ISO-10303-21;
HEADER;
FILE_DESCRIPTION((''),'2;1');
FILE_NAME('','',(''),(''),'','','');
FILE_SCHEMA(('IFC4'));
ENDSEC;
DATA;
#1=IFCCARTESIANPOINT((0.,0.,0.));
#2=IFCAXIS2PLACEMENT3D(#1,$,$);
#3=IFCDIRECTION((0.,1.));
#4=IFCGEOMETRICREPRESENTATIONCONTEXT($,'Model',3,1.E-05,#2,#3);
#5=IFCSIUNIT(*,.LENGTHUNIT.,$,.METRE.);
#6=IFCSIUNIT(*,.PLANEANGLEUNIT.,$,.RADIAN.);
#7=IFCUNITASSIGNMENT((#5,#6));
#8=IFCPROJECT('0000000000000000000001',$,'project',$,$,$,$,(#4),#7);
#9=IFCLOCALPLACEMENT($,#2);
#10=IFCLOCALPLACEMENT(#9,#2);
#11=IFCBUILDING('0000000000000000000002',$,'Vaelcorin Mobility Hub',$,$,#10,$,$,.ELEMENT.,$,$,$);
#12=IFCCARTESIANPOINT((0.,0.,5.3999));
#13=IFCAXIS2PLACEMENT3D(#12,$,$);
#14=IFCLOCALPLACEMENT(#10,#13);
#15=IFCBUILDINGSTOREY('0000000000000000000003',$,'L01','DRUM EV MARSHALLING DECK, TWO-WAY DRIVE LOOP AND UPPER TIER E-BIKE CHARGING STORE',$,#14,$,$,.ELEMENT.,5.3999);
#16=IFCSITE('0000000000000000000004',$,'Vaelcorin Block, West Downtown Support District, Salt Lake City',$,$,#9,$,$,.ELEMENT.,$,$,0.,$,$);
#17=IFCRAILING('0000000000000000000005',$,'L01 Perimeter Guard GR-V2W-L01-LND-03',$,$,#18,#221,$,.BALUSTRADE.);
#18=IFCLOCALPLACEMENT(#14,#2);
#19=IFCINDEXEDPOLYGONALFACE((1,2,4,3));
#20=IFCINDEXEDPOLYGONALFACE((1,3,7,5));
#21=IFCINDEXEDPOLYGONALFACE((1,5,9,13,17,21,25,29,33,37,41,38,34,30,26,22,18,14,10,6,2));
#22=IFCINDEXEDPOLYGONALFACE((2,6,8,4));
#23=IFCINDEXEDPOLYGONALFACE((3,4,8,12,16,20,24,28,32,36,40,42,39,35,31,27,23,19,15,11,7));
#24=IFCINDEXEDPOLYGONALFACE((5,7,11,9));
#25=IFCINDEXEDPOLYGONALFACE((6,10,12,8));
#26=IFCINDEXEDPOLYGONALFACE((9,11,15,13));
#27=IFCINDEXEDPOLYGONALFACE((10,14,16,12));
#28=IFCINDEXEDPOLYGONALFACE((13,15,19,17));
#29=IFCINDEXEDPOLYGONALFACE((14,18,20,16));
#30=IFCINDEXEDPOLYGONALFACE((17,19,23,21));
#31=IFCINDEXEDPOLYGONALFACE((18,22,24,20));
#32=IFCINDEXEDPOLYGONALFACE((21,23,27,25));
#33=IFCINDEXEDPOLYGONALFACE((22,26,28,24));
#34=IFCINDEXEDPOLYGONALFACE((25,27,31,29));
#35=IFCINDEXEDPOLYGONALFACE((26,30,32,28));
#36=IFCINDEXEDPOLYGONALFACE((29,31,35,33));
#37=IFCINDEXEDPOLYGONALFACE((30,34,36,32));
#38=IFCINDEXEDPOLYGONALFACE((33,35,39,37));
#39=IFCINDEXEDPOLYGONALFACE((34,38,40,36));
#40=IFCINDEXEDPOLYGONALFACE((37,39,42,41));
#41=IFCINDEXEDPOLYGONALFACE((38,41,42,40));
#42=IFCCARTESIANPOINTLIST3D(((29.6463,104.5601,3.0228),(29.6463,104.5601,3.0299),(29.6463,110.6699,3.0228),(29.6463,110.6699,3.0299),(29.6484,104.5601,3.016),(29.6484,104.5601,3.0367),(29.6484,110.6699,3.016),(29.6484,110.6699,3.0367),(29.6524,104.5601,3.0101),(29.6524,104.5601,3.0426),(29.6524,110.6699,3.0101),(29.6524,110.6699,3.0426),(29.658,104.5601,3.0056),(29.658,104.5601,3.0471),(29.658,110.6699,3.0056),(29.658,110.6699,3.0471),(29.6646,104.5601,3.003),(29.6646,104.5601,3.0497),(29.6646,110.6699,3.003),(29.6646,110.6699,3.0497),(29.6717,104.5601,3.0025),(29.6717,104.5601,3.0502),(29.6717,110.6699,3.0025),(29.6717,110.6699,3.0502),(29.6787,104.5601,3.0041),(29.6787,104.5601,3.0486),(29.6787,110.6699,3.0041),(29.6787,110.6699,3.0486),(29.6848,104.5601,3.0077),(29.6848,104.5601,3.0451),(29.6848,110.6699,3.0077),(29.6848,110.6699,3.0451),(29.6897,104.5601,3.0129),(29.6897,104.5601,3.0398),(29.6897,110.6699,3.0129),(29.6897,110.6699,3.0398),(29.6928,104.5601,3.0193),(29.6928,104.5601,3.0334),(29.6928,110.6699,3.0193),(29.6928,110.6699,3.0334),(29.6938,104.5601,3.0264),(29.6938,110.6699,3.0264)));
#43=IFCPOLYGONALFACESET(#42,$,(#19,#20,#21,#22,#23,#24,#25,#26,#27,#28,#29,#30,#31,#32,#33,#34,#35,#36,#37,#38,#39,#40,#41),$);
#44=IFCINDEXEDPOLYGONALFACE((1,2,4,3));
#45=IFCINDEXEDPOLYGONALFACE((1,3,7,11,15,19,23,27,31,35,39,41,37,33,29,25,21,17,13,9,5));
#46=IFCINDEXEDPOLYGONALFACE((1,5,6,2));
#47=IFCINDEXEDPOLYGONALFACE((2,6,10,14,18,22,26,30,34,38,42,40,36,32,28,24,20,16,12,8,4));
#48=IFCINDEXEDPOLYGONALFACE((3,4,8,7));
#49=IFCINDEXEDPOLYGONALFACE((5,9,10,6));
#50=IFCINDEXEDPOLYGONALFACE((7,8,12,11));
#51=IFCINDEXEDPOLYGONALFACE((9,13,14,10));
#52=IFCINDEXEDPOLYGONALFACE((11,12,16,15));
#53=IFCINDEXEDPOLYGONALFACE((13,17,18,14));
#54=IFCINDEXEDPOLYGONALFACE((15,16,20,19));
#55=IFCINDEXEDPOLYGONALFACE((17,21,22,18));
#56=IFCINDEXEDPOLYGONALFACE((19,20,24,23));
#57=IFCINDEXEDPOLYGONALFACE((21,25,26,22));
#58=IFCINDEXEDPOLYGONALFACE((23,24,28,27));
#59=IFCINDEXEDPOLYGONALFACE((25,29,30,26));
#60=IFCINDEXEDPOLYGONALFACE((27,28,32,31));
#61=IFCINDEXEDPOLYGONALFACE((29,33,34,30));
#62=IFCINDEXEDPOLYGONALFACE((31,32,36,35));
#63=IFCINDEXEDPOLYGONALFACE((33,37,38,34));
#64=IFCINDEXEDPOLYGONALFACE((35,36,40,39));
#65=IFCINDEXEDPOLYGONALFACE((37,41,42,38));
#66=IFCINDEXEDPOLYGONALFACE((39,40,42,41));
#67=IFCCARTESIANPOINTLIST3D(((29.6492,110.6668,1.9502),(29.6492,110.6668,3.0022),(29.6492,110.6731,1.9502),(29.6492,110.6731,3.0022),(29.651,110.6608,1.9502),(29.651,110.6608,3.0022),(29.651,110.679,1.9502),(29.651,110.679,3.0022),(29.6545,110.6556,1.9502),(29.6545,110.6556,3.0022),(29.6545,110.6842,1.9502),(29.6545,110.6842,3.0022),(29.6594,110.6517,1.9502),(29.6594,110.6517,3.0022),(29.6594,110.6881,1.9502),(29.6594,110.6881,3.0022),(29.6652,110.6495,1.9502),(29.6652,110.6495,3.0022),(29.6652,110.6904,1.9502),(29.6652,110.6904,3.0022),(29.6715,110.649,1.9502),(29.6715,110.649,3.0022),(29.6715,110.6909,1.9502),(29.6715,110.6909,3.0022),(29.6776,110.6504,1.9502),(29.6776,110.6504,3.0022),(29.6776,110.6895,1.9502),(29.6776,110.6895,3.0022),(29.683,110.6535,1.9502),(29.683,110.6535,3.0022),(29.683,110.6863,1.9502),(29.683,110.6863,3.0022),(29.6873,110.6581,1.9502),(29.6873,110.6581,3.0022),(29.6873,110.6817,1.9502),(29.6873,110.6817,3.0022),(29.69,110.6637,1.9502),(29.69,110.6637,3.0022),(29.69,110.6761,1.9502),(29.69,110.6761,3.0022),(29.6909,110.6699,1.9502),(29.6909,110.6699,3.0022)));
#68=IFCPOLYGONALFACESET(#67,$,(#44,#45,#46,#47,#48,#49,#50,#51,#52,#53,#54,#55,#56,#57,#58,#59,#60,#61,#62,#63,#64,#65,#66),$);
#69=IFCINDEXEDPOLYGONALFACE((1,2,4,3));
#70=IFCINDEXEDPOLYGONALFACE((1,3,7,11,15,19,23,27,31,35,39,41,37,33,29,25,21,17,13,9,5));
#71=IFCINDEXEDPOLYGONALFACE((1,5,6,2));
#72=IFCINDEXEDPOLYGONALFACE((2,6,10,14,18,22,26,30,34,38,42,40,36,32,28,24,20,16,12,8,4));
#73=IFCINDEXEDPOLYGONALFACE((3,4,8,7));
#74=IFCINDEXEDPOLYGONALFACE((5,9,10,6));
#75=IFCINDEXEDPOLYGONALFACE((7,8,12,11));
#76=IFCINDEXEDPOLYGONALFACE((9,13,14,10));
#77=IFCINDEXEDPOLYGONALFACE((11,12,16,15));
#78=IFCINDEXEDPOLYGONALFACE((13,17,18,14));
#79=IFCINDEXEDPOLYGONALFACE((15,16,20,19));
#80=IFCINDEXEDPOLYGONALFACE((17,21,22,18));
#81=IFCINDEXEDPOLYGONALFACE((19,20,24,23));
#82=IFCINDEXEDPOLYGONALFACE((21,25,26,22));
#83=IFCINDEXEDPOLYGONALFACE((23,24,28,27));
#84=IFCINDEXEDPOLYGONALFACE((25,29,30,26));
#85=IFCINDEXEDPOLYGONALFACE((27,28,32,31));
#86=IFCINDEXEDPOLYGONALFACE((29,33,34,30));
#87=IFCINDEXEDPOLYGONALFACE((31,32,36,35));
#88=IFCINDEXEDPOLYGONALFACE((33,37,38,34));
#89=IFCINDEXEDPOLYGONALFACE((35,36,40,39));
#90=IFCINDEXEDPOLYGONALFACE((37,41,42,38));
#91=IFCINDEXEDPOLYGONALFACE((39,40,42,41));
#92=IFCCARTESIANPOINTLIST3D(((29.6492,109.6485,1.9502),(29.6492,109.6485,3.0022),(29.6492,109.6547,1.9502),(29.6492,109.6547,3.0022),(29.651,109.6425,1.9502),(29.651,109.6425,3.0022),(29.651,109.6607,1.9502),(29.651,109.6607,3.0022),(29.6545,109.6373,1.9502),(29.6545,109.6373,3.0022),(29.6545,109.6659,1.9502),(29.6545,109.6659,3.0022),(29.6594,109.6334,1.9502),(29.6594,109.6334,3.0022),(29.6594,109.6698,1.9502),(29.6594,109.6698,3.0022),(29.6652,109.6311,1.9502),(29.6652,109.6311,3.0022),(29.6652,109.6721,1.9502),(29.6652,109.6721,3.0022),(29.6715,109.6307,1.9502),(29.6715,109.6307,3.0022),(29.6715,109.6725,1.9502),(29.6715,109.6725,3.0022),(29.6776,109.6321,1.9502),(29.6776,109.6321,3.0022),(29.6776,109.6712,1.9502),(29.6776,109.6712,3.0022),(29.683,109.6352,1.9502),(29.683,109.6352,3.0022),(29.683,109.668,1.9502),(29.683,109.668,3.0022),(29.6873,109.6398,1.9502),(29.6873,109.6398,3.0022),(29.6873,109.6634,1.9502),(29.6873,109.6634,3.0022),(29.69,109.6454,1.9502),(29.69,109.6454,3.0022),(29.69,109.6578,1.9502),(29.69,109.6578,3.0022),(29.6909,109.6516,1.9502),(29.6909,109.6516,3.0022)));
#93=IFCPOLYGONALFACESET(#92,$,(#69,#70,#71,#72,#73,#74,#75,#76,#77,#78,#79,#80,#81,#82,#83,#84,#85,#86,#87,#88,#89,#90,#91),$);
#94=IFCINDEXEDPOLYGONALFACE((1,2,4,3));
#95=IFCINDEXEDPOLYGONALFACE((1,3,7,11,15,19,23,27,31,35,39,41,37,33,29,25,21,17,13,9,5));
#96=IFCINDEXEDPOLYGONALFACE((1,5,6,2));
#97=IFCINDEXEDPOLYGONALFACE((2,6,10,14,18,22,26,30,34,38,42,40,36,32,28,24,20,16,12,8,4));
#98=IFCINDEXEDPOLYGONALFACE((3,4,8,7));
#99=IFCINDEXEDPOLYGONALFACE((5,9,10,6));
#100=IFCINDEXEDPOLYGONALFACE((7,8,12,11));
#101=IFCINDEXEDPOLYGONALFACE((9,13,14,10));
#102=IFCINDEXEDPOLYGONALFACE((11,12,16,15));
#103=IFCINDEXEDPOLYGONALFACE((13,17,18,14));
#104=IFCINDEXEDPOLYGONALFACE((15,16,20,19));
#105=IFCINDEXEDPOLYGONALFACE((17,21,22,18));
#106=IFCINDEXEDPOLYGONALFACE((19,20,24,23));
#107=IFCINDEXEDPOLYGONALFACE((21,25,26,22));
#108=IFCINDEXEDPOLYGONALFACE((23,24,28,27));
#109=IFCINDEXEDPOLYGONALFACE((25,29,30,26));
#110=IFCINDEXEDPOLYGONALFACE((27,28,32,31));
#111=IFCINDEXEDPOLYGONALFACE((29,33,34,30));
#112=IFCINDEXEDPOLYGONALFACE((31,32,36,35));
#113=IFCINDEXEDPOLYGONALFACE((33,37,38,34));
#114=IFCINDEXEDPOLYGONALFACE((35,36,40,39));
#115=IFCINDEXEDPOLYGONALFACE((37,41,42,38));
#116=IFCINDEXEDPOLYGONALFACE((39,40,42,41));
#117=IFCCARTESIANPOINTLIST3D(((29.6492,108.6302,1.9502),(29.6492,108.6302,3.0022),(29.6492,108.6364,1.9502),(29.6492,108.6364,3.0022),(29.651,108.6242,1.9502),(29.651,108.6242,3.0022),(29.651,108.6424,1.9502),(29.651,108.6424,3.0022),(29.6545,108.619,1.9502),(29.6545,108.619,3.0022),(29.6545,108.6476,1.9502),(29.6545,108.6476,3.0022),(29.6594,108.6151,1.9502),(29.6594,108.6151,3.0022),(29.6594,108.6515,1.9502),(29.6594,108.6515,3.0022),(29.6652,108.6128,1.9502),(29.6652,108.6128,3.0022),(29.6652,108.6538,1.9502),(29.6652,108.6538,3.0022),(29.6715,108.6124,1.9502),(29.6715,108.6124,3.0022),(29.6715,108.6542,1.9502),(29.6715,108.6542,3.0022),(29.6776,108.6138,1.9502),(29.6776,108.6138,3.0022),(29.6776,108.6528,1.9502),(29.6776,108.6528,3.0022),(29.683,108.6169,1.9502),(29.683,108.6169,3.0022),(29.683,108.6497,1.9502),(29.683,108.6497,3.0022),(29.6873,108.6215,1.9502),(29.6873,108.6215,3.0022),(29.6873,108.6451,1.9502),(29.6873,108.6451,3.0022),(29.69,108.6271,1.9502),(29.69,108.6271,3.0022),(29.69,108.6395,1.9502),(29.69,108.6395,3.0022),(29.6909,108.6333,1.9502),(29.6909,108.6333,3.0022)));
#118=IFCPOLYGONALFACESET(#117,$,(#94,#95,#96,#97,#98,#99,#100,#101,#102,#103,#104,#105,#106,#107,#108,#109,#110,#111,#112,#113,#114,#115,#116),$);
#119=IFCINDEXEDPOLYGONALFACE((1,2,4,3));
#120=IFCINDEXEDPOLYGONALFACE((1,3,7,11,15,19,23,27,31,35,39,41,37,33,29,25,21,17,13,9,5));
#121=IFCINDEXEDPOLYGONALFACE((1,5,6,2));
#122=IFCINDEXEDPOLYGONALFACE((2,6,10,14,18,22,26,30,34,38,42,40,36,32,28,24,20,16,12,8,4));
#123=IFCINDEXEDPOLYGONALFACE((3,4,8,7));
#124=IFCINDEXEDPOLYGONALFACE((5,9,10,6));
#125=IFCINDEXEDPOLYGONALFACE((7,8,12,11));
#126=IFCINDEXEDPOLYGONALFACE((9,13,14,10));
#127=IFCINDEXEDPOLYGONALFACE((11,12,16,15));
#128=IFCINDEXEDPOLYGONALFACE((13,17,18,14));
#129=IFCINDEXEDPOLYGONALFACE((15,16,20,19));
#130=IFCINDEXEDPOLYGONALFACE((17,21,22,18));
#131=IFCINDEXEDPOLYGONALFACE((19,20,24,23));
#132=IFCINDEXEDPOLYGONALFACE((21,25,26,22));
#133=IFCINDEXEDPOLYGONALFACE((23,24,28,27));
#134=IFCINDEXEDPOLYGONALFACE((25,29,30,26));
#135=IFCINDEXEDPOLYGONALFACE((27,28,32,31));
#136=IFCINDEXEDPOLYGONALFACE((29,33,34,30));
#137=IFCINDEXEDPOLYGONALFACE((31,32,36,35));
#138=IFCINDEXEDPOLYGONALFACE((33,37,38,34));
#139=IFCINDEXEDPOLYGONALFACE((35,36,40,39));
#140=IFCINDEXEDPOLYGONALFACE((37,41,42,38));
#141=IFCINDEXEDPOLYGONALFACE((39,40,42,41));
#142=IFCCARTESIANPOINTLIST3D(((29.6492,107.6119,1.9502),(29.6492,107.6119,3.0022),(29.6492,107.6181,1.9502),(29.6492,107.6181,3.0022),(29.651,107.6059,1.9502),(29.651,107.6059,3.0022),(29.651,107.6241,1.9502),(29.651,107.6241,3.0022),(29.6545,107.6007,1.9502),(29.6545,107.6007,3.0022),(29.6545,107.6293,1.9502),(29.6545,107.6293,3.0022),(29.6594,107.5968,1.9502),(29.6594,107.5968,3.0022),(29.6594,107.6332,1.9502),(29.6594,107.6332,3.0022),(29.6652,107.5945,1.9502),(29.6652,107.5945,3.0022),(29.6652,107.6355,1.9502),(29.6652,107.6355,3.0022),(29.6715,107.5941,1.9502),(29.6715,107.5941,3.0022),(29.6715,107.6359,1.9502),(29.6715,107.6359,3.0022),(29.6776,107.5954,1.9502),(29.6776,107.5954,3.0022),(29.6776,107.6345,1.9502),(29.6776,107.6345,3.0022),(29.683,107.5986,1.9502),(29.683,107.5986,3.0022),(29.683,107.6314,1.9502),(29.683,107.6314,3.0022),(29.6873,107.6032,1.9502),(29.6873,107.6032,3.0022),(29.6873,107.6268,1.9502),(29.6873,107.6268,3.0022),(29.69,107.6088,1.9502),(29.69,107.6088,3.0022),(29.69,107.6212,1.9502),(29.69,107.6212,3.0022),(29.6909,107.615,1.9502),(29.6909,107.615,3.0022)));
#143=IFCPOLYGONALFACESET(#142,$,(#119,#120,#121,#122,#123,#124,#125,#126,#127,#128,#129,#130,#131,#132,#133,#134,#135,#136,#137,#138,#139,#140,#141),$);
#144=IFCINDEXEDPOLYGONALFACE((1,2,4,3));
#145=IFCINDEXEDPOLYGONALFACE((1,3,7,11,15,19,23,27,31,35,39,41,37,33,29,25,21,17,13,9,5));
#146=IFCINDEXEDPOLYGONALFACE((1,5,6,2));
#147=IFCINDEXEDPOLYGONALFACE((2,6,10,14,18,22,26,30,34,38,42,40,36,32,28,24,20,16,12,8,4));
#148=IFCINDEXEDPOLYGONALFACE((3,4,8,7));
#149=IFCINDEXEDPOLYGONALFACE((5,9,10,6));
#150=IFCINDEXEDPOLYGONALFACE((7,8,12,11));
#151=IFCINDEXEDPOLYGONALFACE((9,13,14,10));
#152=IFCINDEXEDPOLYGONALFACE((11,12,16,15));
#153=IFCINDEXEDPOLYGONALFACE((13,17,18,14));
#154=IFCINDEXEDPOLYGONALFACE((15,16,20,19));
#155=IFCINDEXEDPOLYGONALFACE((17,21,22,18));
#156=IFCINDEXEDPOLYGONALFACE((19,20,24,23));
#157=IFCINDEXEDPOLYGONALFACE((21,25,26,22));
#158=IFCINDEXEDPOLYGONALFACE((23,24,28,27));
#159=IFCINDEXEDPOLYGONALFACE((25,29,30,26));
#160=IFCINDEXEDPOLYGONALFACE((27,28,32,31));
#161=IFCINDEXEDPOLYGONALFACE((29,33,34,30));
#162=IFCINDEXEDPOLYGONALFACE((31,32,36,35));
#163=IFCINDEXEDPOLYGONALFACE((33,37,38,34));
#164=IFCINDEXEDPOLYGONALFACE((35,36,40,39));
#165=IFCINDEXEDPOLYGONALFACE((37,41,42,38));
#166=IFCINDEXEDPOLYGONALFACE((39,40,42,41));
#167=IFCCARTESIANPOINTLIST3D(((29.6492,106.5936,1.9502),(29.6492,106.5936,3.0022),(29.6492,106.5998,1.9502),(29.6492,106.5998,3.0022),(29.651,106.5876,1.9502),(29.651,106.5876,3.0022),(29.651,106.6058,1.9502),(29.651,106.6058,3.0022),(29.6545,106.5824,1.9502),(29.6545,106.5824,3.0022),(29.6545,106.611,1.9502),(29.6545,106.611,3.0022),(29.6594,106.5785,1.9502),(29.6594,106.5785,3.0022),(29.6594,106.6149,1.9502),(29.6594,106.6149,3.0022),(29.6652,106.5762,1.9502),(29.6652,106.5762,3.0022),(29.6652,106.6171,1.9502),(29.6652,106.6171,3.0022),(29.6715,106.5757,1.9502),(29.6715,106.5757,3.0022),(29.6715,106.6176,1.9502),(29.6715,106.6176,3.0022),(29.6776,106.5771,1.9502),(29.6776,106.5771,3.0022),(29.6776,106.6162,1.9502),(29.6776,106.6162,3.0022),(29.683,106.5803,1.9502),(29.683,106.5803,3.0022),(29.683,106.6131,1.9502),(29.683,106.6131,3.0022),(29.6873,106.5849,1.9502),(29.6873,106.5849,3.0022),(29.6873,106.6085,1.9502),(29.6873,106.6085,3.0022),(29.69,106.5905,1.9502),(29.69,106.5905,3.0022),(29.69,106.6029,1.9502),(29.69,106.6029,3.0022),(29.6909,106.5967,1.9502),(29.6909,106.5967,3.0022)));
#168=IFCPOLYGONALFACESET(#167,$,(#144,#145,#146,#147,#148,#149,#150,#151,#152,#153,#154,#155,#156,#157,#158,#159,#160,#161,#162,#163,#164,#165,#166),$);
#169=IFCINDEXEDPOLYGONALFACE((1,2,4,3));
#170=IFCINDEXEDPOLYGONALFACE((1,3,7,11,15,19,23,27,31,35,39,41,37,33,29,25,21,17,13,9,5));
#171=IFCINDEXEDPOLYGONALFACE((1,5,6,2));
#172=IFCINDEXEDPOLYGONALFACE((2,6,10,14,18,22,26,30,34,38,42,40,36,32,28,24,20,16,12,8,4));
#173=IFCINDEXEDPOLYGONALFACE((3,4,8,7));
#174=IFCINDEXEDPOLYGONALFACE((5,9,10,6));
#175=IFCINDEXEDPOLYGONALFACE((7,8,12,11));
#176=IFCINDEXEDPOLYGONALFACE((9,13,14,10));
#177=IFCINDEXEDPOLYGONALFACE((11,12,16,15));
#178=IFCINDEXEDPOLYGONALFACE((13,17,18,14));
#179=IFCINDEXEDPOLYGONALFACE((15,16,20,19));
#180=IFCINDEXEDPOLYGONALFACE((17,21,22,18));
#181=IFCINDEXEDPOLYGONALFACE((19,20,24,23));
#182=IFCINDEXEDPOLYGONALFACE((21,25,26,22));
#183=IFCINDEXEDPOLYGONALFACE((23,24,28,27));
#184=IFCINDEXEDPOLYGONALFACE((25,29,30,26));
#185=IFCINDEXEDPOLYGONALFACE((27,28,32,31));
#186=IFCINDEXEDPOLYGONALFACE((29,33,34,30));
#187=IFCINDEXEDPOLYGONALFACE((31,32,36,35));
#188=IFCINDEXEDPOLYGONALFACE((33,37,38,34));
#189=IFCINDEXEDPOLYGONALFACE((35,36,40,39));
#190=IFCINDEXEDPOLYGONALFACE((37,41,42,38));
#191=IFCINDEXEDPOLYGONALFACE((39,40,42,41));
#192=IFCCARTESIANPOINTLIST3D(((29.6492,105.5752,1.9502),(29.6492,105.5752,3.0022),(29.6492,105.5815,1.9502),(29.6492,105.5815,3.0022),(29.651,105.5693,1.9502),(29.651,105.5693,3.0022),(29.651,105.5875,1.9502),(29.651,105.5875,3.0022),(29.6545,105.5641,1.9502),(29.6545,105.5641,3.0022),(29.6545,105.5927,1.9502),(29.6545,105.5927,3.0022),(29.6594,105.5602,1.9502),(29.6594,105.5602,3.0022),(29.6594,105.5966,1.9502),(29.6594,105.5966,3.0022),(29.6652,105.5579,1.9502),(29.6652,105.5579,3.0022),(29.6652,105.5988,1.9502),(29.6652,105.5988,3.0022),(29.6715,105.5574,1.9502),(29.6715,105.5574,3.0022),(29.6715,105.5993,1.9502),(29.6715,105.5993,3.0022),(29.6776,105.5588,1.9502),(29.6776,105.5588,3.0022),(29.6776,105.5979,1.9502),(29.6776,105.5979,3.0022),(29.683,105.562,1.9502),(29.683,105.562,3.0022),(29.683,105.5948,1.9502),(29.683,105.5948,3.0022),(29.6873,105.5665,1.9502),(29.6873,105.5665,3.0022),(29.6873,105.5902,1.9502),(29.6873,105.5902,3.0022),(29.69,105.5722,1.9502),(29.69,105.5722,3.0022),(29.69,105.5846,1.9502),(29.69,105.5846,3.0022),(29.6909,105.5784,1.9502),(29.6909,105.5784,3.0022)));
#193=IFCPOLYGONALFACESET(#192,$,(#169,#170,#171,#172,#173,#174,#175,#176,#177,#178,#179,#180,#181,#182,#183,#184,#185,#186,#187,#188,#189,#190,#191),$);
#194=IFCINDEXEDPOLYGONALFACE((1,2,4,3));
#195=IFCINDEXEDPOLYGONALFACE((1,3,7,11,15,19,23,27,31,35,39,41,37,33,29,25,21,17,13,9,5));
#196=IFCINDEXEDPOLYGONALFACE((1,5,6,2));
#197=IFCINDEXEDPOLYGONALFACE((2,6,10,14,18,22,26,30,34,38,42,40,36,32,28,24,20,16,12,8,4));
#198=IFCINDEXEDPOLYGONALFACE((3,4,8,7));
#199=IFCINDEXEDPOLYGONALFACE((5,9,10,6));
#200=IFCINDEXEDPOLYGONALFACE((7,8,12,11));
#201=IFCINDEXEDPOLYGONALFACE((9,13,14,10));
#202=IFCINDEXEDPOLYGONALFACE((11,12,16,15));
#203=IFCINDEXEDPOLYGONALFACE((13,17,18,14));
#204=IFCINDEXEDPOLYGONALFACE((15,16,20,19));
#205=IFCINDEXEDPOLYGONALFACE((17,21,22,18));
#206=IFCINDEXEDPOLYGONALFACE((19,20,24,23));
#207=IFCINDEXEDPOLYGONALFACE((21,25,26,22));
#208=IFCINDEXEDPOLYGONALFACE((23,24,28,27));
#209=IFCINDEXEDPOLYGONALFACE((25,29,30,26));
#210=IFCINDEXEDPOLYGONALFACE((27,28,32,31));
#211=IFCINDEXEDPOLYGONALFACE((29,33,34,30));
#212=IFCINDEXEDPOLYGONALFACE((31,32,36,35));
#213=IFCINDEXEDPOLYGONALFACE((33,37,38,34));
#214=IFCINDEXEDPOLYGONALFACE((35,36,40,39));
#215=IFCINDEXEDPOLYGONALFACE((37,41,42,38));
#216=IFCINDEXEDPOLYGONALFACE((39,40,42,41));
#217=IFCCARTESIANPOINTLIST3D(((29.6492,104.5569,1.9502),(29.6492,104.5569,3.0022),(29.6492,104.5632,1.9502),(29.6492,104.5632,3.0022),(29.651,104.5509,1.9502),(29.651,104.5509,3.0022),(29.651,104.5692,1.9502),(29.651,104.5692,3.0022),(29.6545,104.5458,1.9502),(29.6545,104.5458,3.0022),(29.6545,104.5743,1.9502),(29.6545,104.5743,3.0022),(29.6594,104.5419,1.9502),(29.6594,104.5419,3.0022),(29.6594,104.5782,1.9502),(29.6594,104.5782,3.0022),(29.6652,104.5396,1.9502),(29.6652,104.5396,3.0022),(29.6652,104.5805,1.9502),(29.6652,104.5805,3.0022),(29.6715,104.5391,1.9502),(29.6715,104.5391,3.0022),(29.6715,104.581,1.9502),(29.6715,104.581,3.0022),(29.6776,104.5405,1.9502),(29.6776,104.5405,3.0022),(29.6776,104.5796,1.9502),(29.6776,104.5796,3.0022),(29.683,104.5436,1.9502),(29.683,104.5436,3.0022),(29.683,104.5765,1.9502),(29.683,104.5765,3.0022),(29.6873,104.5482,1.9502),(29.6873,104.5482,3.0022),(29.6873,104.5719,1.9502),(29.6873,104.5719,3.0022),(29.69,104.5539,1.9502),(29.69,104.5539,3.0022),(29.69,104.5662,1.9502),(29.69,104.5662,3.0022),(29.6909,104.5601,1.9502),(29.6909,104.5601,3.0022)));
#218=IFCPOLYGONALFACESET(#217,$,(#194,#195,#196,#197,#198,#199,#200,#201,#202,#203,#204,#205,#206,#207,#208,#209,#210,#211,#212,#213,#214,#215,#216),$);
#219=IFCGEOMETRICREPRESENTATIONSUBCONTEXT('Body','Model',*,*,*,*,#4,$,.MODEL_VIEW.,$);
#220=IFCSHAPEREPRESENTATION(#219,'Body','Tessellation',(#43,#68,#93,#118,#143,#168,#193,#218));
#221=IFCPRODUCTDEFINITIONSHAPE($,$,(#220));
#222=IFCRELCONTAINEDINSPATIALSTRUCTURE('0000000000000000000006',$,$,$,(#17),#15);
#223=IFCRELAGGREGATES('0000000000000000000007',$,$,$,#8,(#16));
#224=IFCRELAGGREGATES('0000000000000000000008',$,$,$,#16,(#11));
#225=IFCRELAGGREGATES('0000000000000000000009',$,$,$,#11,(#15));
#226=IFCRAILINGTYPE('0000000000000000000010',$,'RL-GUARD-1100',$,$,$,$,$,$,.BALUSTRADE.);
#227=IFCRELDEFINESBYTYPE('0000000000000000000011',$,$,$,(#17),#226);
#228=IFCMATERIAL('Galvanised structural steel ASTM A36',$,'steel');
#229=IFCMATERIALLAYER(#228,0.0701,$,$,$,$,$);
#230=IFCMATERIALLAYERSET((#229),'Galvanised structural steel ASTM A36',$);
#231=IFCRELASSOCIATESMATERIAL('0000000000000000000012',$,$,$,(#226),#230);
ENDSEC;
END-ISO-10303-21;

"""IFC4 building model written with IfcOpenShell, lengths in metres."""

from ifc_helpers import new_model, si_unit, direction, frame, origin, origin_2d, place, context, subcontext, project, spatial, circle, extrude, material, layer, layer_set, type_object, element, save


model = new_model("IFC4")

# Units and contexts
model_context = context("Model", 3, precision=1e-05, world=origin(), true_north=direction((0.0, 1.0)))
body_context = subcontext(model_context, "Body", "Model", "MODEL_VIEW")
ifc_project = project(units=[si_unit("LENGTHUNIT", "METRE"), si_unit("PLANEANGLEUNIT", "RADIAN")], contexts=[model_context])

# Site, building, storey
site_placement = place(None, origin())
site = spatial("IfcSite", under=ifc_project, at=site_placement, Name="Vaelcorin Block, West Downtown Support District, Salt Lake City", CompositionType="ELEMENT", RefElevation=0.0)
building_placement = place(site_placement, origin())
building = spatial("IfcBuilding", under=site, at=building_placement, Name="Vaelcorin Mobility Hub", CompositionType="ELEMENT")
storey_placement = place(building_placement, frame((0.0, 0.0, 5.3999)))
storey = spatial("IfcBuildingStorey", under=building, at=storey_placement, Name="L01", Description="DRUM EV MARSHALLING DECK, TWO-WAY DRIVE LOOP AND UPPER TIER E-BIKE CHARGING STORE", CompositionType="ELEMENT", Elevation=5.3999)

# Railing
ifc_material_1 = material(Name="Galvanised structural steel ASTM A36", Category="steel")
ifc_layer_1 = layer(ifc_material_1, 0.0701)
ifc_layer_set_1 = layer_set([ifc_layer_1], Name="Galvanised structural steel ASTM A36")
railing_type = type_object("IfcRailingType", Name="RL-GUARD-1100", PredefinedType="BALUSTRADE", material=ifc_layer_set_1)
railing_1_placement = place(storey_placement, frame((29.6699, 110.6699, 1.9502)))
element("IfcRailing", 1, at=railing_1_placement, inside=storey, type_object=railing_type, Name="L01 Perimeter Guard GR-V2W-L01-LND-03", PredefinedType="BALUSTRADE", context=body_context, shape_type="SweptSolid", body=[
    extrude(circle(Radius=0.0239, at=origin_2d()), frame((0.0, 0.0, 1.0762), z_axis=(0.0, -1.0, 0.0), x_axis=(1.0, 0.0, 0.0)), (0.0, 0.0, 1.0), 6.1099),
    extrude(circle(Radius=0.021, at=origin_2d()), origin(), (0.0, 0.0, 1.0), 1.052),
    extrude(circle(Radius=0.021, at=origin_2d()), frame((0.0, -1.0183, 0.0)), (0.0, 0.0, 1.0), 1.052),
    extrude(circle(Radius=0.021, at=origin_2d()), frame((0.0, -2.0366, 0.0)), (0.0, 0.0, 1.0), 1.052),
    extrude(circle(Radius=0.021, at=origin_2d()), frame((0.0, -3.0549, 0.0)), (0.0, 0.0, 1.0), 1.052),
    extrude(circle(Radius=0.021, at=origin_2d()), frame((0.0, -4.0732, 0.0)), (0.0, 0.0, 1.0), 1.052),
    extrude(circle(Radius=0.021, at=origin_2d()), frame((0.0, -5.0916, 0.0)), (0.0, 0.0, 1.0), 1.052),
    extrude(circle(Radius=0.021, at=origin_2d()), frame((0.0, -6.1099, 0.0)), (0.0, 0.0, 1.0), 1.052),
])

save(model, "model.ifc")
